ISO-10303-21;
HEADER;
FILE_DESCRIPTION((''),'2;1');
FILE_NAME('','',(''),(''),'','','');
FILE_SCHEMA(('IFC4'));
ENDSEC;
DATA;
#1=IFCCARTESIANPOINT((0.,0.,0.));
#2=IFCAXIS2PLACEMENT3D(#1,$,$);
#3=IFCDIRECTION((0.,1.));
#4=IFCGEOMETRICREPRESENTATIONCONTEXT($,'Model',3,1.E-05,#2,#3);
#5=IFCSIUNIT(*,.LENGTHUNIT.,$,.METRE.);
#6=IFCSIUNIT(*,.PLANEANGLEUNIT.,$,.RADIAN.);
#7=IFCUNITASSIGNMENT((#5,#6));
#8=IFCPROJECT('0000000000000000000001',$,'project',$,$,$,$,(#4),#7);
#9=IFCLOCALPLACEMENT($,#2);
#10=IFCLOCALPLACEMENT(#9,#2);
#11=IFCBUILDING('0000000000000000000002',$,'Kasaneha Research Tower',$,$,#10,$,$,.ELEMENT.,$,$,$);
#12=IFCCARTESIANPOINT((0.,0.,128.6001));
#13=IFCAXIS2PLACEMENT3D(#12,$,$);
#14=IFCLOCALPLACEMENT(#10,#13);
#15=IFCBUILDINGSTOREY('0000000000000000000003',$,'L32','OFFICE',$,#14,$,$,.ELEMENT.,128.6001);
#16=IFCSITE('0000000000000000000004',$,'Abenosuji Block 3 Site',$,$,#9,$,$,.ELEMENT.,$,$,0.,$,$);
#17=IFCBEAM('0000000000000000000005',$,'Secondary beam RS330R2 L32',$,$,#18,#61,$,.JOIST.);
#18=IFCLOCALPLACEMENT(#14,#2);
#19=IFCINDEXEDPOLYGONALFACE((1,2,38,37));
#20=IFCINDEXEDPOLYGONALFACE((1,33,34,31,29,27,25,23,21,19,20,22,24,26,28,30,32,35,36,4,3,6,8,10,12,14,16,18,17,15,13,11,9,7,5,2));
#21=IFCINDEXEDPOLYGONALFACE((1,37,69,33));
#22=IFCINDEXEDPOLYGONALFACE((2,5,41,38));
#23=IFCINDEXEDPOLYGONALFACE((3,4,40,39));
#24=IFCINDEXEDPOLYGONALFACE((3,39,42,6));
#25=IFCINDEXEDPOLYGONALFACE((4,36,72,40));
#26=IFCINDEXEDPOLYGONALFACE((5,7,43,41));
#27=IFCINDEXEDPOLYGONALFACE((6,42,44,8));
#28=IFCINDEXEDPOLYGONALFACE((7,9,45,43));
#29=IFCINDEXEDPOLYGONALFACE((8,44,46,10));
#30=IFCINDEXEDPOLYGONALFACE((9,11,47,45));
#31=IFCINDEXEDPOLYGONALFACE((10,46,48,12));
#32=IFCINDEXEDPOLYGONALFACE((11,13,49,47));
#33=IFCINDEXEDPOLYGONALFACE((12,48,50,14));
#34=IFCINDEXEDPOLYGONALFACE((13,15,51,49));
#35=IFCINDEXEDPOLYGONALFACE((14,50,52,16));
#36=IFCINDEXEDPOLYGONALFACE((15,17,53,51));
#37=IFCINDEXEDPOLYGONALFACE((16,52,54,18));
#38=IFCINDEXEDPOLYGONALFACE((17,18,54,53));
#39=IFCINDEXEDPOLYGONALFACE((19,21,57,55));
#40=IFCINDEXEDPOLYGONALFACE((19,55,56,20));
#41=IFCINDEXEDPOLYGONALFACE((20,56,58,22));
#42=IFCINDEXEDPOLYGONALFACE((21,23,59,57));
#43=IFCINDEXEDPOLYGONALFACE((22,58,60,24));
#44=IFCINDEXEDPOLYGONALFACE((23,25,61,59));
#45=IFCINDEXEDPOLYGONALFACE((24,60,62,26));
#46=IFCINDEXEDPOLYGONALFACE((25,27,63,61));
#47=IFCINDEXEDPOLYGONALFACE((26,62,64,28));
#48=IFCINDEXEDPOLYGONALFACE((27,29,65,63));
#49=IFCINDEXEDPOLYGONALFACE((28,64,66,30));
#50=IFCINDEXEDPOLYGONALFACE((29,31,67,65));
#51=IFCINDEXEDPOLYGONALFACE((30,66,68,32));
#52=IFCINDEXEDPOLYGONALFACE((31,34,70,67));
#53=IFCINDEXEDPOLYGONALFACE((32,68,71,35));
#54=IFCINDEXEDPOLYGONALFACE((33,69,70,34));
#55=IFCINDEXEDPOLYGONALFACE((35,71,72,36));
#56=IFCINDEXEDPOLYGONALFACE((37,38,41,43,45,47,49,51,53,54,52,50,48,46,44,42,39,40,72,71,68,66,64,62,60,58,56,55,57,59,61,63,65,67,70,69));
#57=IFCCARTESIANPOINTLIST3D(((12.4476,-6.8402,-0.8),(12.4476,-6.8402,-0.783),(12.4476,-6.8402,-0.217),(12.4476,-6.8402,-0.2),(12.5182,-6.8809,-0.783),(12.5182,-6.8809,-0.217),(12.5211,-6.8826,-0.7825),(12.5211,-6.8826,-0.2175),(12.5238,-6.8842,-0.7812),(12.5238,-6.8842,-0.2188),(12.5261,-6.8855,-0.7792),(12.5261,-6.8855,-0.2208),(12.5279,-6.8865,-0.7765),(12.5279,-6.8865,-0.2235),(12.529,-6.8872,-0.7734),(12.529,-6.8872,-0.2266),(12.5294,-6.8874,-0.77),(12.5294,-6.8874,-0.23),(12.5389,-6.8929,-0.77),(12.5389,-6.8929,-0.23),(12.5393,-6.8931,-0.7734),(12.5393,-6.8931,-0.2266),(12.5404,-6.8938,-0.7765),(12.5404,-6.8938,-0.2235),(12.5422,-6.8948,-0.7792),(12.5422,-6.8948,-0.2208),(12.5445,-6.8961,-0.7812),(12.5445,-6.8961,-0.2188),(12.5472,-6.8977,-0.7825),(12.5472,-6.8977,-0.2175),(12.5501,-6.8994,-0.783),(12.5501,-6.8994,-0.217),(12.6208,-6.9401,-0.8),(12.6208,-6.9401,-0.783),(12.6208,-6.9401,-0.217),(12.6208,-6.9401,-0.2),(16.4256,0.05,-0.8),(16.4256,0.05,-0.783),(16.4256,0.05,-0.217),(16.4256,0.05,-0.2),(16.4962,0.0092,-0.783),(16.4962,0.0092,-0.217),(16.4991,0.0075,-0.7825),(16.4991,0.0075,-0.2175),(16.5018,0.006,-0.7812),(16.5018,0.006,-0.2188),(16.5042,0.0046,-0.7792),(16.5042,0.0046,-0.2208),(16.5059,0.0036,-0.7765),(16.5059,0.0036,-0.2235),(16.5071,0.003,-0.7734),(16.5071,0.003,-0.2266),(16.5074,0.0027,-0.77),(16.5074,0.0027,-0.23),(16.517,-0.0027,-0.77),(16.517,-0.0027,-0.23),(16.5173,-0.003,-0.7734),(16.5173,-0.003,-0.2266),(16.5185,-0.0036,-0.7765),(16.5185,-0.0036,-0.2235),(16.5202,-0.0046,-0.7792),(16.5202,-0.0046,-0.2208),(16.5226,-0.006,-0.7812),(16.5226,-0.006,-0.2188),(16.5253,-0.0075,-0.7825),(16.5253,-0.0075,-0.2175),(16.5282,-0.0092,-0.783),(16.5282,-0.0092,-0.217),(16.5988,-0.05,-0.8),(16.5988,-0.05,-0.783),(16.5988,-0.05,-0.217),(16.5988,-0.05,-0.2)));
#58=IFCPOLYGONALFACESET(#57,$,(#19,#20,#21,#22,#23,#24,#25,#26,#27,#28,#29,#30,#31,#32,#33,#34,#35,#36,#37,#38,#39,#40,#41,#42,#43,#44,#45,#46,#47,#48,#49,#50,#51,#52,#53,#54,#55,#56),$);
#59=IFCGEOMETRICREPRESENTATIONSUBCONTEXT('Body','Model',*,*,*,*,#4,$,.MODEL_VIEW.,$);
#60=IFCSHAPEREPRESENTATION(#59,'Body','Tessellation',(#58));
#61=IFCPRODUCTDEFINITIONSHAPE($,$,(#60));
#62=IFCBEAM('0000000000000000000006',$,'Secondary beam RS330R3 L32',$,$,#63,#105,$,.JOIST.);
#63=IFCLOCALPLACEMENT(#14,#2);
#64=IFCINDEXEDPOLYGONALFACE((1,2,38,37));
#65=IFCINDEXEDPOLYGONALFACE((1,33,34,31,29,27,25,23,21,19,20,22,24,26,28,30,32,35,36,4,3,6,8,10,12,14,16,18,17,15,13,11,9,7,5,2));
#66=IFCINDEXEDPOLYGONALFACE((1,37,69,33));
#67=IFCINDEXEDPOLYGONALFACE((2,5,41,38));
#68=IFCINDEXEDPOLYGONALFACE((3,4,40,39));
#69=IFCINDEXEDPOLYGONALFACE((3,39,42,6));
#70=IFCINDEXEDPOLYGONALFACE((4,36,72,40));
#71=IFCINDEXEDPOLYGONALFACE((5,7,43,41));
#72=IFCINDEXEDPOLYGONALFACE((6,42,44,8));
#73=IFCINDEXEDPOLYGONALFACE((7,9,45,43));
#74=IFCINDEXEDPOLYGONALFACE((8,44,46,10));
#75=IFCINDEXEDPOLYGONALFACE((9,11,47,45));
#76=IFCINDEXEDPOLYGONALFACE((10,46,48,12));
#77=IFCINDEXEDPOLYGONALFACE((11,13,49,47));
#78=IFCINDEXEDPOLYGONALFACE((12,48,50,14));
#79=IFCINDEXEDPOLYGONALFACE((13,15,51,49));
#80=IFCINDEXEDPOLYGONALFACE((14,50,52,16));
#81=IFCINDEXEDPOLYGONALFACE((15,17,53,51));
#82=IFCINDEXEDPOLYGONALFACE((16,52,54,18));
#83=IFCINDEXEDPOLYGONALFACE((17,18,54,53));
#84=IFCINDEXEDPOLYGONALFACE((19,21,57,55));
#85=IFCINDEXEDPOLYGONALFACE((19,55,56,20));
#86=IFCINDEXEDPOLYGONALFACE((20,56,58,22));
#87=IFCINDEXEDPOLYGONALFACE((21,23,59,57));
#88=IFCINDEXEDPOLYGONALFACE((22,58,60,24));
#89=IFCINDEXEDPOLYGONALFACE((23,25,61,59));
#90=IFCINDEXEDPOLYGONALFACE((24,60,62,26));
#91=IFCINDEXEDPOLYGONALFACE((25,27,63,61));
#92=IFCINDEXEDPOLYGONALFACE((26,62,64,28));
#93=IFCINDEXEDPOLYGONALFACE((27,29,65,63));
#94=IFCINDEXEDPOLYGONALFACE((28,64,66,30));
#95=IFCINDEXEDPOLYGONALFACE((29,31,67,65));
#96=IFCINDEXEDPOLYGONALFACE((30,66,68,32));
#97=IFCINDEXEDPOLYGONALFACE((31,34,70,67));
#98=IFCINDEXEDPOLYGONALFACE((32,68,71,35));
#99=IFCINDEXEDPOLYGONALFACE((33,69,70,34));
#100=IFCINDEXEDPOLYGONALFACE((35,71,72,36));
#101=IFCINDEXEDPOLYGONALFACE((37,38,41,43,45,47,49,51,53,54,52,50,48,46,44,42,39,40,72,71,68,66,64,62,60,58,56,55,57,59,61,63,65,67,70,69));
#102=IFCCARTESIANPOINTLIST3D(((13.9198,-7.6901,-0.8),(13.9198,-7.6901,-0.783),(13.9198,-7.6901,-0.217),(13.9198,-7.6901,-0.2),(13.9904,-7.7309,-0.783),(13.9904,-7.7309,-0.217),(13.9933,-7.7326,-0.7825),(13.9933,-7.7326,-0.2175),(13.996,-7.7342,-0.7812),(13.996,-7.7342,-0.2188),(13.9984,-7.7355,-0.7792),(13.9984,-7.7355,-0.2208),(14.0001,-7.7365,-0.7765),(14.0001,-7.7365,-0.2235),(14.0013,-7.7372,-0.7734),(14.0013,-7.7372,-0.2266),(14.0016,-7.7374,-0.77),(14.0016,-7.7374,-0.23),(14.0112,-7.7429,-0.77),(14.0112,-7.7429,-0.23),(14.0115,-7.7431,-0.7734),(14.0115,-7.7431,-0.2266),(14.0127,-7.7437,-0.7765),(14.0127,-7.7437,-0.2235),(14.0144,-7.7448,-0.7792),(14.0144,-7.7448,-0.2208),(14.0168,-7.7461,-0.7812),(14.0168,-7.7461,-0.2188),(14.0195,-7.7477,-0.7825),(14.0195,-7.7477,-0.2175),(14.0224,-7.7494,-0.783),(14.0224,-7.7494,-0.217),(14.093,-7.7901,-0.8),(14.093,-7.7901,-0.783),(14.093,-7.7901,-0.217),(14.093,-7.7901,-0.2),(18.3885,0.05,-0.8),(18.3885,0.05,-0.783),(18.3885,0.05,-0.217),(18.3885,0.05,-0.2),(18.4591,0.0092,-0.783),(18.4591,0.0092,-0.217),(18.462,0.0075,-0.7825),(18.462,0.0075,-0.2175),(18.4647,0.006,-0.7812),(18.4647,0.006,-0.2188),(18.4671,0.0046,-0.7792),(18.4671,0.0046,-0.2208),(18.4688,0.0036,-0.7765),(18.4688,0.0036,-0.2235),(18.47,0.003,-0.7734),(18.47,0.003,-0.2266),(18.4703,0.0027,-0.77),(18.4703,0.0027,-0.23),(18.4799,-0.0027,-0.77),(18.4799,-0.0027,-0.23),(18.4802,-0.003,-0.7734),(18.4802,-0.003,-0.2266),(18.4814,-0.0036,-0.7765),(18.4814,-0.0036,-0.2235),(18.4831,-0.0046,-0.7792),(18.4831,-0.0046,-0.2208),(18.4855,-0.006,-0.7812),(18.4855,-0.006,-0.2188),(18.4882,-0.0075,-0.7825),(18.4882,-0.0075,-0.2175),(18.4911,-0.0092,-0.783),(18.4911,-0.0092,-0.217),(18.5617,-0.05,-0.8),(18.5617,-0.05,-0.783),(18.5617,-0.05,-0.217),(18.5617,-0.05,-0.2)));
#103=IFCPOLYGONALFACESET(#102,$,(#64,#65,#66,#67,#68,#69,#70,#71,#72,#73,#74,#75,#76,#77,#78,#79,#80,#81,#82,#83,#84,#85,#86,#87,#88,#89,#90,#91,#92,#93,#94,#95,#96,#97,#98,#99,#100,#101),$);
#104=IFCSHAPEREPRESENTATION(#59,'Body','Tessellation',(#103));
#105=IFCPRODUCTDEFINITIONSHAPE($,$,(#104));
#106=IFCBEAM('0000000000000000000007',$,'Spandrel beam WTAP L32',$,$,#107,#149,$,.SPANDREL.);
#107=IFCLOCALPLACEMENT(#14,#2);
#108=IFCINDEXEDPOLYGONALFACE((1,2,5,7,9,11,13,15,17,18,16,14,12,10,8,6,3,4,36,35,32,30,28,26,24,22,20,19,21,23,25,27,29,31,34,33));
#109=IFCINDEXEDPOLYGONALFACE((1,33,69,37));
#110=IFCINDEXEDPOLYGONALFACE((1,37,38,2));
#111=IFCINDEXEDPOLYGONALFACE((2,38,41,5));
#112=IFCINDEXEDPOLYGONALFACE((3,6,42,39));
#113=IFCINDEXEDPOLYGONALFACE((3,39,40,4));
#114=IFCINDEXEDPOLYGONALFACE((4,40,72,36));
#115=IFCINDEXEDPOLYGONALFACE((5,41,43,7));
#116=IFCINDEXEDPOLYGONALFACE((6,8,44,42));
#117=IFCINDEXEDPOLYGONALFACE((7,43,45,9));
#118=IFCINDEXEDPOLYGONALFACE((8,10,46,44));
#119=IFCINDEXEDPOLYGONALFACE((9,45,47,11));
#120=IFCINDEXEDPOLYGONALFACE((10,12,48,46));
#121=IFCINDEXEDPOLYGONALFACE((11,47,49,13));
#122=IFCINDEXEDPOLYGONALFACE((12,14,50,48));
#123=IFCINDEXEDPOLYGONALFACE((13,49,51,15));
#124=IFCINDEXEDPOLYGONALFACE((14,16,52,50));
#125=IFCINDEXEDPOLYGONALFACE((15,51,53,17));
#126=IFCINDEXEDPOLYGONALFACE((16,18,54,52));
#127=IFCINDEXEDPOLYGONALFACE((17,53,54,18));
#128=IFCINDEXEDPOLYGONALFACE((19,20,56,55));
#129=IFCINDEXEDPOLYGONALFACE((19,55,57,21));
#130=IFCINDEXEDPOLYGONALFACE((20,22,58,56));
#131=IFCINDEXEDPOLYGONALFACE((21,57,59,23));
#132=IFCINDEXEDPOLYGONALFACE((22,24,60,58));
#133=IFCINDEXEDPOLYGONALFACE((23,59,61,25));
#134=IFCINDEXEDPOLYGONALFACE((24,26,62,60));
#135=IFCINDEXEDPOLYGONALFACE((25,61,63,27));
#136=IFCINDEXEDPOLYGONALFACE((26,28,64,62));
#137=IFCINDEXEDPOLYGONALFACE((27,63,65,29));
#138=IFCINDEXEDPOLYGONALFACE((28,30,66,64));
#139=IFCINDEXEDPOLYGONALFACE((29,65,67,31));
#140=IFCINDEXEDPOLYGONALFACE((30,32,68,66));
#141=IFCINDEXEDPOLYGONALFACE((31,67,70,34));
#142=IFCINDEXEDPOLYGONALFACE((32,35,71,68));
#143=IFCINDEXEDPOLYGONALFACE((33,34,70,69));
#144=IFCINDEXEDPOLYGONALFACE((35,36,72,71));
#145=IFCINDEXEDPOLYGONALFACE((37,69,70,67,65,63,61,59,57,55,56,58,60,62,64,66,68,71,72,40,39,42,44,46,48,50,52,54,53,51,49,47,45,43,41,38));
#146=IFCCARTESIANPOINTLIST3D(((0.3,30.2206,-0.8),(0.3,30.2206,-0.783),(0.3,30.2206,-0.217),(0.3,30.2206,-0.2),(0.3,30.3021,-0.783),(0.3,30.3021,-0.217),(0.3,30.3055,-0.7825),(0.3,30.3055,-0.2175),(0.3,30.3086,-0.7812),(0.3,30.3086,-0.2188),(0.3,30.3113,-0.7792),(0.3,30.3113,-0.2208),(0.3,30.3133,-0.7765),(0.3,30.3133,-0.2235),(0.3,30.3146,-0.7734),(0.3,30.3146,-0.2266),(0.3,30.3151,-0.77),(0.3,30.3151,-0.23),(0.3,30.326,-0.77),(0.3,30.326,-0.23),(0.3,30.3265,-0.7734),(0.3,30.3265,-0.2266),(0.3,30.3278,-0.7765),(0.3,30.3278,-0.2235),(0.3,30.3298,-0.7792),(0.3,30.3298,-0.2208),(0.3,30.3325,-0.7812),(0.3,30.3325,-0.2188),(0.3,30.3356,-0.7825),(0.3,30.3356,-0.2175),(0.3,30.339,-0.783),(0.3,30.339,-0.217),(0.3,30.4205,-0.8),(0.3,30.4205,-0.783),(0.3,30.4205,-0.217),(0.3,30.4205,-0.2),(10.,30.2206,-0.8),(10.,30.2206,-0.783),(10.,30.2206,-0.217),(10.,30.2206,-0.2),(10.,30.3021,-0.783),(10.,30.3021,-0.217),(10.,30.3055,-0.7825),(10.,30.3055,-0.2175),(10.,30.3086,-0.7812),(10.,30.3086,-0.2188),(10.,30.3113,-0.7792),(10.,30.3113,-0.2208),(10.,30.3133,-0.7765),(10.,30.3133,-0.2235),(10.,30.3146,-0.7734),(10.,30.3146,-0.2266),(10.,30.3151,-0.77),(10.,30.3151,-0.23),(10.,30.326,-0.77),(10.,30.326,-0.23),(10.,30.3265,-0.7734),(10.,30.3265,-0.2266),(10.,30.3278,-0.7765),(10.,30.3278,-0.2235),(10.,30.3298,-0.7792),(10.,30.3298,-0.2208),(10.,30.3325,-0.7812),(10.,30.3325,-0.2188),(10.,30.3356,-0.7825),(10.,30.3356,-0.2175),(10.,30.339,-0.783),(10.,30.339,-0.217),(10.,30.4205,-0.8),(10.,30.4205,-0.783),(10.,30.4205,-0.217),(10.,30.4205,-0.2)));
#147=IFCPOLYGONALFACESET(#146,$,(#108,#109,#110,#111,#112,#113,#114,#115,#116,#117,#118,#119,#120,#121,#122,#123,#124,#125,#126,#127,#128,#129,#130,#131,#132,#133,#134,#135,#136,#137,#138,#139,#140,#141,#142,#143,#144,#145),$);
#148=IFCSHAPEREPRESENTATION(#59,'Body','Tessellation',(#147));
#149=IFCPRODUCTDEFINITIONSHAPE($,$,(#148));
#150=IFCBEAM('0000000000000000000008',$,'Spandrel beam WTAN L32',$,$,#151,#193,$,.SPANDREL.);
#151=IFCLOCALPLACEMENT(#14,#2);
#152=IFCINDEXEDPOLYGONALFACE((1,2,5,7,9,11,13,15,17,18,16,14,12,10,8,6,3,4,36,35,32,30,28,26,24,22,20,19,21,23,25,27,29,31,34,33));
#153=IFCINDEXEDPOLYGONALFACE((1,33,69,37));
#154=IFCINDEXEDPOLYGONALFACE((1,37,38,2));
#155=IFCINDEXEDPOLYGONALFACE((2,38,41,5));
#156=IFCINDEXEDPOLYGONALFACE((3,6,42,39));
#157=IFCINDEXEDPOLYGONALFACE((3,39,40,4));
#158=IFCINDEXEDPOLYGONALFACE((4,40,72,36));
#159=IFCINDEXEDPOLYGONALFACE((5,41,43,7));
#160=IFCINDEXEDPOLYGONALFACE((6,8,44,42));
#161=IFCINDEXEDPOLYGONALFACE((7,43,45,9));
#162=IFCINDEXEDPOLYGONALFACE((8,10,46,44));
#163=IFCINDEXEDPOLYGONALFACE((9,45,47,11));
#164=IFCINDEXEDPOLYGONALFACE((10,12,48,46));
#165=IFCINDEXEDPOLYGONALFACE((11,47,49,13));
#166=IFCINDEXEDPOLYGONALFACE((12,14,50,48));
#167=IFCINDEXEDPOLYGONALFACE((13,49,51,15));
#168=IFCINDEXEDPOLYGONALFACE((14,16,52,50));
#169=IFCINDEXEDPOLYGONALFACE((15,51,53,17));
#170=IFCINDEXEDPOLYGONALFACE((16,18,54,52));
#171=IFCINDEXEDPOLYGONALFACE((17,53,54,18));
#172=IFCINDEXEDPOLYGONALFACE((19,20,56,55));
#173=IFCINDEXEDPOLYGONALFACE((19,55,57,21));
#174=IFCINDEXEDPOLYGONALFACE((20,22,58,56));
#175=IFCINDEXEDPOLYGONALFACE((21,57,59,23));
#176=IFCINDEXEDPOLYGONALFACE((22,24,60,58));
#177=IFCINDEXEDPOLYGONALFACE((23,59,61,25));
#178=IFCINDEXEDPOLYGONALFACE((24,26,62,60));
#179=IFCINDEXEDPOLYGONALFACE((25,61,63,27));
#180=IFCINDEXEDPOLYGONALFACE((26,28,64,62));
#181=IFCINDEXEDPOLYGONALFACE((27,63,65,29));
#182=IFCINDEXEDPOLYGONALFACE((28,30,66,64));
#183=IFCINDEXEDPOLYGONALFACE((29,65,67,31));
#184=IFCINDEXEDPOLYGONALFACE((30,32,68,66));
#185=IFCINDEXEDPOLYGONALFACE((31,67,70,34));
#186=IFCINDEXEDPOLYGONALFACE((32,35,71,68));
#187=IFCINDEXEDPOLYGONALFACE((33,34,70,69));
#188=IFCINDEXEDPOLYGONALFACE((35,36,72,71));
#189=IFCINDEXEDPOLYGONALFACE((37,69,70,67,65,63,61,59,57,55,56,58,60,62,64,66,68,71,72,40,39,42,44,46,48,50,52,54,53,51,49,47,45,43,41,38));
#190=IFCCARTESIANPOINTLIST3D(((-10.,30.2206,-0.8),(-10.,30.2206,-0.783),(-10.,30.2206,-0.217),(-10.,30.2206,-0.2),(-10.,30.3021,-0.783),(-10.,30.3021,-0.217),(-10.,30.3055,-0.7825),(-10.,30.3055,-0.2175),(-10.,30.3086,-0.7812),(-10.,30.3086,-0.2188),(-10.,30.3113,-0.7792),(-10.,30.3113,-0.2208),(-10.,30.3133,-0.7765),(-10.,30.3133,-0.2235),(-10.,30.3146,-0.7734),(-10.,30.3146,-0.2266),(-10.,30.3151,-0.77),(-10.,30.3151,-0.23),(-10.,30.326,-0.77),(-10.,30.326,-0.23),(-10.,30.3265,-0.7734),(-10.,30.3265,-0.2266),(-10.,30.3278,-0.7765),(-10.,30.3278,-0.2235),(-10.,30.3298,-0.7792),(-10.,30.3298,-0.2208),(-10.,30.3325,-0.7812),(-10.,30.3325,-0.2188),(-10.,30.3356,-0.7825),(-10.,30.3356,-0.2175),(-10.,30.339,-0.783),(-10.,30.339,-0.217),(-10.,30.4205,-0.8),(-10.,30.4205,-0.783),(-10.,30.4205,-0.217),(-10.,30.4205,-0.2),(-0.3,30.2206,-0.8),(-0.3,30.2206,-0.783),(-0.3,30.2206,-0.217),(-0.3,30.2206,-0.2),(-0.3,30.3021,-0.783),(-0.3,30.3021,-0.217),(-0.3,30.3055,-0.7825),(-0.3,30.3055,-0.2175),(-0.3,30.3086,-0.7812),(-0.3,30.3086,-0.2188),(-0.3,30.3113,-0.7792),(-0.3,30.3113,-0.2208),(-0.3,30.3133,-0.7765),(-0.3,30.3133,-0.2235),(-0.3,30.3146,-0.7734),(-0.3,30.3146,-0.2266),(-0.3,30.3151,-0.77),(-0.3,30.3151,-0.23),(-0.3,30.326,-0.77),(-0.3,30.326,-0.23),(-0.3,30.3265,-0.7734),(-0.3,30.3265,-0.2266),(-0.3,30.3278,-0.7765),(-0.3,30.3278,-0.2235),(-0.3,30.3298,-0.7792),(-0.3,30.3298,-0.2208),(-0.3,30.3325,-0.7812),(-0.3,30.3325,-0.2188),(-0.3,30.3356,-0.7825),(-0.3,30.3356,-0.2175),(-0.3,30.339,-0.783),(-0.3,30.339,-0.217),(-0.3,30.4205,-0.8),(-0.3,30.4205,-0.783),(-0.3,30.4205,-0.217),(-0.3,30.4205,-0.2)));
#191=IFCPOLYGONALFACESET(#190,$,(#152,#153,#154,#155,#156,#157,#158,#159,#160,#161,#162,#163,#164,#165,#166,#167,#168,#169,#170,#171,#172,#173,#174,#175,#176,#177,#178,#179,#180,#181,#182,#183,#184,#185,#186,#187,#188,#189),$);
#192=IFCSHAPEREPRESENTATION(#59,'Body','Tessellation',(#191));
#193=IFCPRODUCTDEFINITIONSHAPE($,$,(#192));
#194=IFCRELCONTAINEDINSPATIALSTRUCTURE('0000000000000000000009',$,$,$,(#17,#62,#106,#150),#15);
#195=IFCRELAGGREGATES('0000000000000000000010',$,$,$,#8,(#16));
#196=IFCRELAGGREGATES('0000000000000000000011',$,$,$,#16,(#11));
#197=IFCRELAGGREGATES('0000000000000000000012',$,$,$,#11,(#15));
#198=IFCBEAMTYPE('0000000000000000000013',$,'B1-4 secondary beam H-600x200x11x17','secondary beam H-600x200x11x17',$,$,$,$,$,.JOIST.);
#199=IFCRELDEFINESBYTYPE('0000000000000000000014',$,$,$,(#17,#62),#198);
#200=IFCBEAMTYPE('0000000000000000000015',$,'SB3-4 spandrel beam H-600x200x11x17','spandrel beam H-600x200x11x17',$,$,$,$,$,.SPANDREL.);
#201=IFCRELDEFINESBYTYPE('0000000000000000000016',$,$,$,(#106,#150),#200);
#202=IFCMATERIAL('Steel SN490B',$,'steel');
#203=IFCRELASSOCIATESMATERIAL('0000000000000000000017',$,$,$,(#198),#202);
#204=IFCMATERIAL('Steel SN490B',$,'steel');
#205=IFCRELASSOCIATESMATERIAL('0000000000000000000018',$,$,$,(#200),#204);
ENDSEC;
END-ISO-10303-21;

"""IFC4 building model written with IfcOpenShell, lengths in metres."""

from ifc_helpers import new_model, si_unit, direction, frame, origin, origin_2d, place, context, subcontext, project, spatial, i_section, extrude, material, material_profile, profile_set, type_object, element, save


model = new_model("IFC4")

# Units and contexts
model_context = context("Model", 3, precision=1e-05, world=origin(), true_north=direction((0.0, 1.0)))
body_context = subcontext(model_context, "Body", "Model", "MODEL_VIEW")
ifc_project = project(units=[si_unit("LENGTHUNIT", "METRE"), si_unit("PLANEANGLEUNIT", "RADIAN")], contexts=[model_context])

# Site, building, storey
site_placement = place(None, origin())
site = spatial("IfcSite", under=ifc_project, at=site_placement, Name="Abenosuji Block 3 Site", CompositionType="ELEMENT", RefElevation=0.0)
building_placement = place(site_placement, origin())
building = spatial("IfcBuilding", under=site, at=building_placement, Name="Kasaneha Research Tower", CompositionType="ELEMENT")
storey_placement = place(building_placement, frame((0.0, 0.0, 128.6001)))
storey = spatial("IfcBuildingStorey", under=building, at=storey_placement, Name="L32", Description="OFFICE", CompositionType="ELEMENT", Elevation=128.6001)

# Beams
ifc_material_1 = material(Name="Steel SN490B", Category="steel")
ifc_material_profile_1 = material_profile(ifc_material_1, i_section(OverallWidth=0.2, OverallDepth=0.6001, WebThickness=0.011, FlangeThickness=0.0171, FilletRadius=0.0129, at=origin_2d()), Name="H-600x200x11x17")
ifc_profile_set_1 = profile_set([ifc_material_profile_1], Name="Steel SN490B")
beam_type_1 = type_object("IfcBeamType", Name="B1-4 secondary beam H-600x200x11x17", Description="secondary beam H-600x200x11x17", PredefinedType="JOIST", material=ifc_profile_set_1)
beam_1_placement = place(storey_placement, frame((16.5122, 0.0, -0.5), z_axis=(-0.5, -0.866025, 0.0), x_axis=(0.866025, -0.5, 0.0)))
element("IfcBeam", 1, at=beam_1_placement, inside=storey, type_object=beam_type_1, Name="Secondary beam RS330R2 L32", PredefinedType="JOIST", context=body_context, shape_type="SweptSolid", body=[
    extrude(i_section(OverallWidth=0.2, OverallDepth=0.6001, WebThickness=0.011, FlangeThickness=0.0171, FilletRadius=0.0129, at=origin_2d()), origin(), (0.0, 0.0, 1.0), 7.9561),
])
beam_2_placement = place(storey_placement, frame((18.4751, 0.0, -0.5), z_axis=(-0.499994, -0.866029, 0.0), x_axis=(0.866029, -0.499994, 0.0)))
element("IfcBeam", 2, at=beam_2_placement, inside=storey, type_object=beam_type_1, Name="Secondary beam RS330R3 L32", PredefinedType="JOIST", context=body_context, shape_type="SweptSolid", body=[
    extrude(i_section(OverallWidth=0.2, OverallDepth=0.6001, WebThickness=0.011, FlangeThickness=0.0171, FilletRadius=0.0129, at=origin_2d()), origin(), (0.0, 0.0, 1.0), 8.9375),
])
ifc_material_2 = material(Name="Steel SN490B", Category="steel")
ifc_material_profile_2 = material_profile(ifc_material_2, i_section(OverallWidth=0.2, OverallDepth=0.6001, WebThickness=0.011, FlangeThickness=0.0171, FilletRadius=0.0129, at=origin_2d()), Name="H-600x200x11x17")
ifc_profile_set_2 = profile_set([ifc_material_profile_2], Name="Steel SN490B")
beam_type_2 = type_object("IfcBeamType", Name="SB3-4 spandrel beam H-600x200x11x17", Description="spandrel beam H-600x200x11x17", PredefinedType="SPANDREL", material=ifc_profile_set_2)
for number, where, z_axis, x_axis, name in (
    (3, (10.0, 30.3206, -0.5), (-1.0, 0.0, 0.0), (0.0, -1.0, 0.0), "Spandrel beam WTAP L32"),
    (4, (-10.0, 30.3206, -0.5), (1.0, 0.0, 0.0), (0.0, 1.0, 0.0), "Spandrel beam WTAN L32"),
):
    element("IfcBeam", number, at=place(storey_placement, frame(where, z_axis=z_axis, x_axis=x_axis)), inside=storey, type_object=beam_type_2, Name=name, PredefinedType="SPANDREL", context=body_context, shape_type="SweptSolid", body=[
        extrude(i_section(OverallWidth=0.2, OverallDepth=0.6001, WebThickness=0.011, FlangeThickness=0.0171, FilletRadius=0.0129, at=origin_2d()), origin(), (0.0, 0.0, 1.0), 9.7),
    ])

save(model, "model.ifc")
